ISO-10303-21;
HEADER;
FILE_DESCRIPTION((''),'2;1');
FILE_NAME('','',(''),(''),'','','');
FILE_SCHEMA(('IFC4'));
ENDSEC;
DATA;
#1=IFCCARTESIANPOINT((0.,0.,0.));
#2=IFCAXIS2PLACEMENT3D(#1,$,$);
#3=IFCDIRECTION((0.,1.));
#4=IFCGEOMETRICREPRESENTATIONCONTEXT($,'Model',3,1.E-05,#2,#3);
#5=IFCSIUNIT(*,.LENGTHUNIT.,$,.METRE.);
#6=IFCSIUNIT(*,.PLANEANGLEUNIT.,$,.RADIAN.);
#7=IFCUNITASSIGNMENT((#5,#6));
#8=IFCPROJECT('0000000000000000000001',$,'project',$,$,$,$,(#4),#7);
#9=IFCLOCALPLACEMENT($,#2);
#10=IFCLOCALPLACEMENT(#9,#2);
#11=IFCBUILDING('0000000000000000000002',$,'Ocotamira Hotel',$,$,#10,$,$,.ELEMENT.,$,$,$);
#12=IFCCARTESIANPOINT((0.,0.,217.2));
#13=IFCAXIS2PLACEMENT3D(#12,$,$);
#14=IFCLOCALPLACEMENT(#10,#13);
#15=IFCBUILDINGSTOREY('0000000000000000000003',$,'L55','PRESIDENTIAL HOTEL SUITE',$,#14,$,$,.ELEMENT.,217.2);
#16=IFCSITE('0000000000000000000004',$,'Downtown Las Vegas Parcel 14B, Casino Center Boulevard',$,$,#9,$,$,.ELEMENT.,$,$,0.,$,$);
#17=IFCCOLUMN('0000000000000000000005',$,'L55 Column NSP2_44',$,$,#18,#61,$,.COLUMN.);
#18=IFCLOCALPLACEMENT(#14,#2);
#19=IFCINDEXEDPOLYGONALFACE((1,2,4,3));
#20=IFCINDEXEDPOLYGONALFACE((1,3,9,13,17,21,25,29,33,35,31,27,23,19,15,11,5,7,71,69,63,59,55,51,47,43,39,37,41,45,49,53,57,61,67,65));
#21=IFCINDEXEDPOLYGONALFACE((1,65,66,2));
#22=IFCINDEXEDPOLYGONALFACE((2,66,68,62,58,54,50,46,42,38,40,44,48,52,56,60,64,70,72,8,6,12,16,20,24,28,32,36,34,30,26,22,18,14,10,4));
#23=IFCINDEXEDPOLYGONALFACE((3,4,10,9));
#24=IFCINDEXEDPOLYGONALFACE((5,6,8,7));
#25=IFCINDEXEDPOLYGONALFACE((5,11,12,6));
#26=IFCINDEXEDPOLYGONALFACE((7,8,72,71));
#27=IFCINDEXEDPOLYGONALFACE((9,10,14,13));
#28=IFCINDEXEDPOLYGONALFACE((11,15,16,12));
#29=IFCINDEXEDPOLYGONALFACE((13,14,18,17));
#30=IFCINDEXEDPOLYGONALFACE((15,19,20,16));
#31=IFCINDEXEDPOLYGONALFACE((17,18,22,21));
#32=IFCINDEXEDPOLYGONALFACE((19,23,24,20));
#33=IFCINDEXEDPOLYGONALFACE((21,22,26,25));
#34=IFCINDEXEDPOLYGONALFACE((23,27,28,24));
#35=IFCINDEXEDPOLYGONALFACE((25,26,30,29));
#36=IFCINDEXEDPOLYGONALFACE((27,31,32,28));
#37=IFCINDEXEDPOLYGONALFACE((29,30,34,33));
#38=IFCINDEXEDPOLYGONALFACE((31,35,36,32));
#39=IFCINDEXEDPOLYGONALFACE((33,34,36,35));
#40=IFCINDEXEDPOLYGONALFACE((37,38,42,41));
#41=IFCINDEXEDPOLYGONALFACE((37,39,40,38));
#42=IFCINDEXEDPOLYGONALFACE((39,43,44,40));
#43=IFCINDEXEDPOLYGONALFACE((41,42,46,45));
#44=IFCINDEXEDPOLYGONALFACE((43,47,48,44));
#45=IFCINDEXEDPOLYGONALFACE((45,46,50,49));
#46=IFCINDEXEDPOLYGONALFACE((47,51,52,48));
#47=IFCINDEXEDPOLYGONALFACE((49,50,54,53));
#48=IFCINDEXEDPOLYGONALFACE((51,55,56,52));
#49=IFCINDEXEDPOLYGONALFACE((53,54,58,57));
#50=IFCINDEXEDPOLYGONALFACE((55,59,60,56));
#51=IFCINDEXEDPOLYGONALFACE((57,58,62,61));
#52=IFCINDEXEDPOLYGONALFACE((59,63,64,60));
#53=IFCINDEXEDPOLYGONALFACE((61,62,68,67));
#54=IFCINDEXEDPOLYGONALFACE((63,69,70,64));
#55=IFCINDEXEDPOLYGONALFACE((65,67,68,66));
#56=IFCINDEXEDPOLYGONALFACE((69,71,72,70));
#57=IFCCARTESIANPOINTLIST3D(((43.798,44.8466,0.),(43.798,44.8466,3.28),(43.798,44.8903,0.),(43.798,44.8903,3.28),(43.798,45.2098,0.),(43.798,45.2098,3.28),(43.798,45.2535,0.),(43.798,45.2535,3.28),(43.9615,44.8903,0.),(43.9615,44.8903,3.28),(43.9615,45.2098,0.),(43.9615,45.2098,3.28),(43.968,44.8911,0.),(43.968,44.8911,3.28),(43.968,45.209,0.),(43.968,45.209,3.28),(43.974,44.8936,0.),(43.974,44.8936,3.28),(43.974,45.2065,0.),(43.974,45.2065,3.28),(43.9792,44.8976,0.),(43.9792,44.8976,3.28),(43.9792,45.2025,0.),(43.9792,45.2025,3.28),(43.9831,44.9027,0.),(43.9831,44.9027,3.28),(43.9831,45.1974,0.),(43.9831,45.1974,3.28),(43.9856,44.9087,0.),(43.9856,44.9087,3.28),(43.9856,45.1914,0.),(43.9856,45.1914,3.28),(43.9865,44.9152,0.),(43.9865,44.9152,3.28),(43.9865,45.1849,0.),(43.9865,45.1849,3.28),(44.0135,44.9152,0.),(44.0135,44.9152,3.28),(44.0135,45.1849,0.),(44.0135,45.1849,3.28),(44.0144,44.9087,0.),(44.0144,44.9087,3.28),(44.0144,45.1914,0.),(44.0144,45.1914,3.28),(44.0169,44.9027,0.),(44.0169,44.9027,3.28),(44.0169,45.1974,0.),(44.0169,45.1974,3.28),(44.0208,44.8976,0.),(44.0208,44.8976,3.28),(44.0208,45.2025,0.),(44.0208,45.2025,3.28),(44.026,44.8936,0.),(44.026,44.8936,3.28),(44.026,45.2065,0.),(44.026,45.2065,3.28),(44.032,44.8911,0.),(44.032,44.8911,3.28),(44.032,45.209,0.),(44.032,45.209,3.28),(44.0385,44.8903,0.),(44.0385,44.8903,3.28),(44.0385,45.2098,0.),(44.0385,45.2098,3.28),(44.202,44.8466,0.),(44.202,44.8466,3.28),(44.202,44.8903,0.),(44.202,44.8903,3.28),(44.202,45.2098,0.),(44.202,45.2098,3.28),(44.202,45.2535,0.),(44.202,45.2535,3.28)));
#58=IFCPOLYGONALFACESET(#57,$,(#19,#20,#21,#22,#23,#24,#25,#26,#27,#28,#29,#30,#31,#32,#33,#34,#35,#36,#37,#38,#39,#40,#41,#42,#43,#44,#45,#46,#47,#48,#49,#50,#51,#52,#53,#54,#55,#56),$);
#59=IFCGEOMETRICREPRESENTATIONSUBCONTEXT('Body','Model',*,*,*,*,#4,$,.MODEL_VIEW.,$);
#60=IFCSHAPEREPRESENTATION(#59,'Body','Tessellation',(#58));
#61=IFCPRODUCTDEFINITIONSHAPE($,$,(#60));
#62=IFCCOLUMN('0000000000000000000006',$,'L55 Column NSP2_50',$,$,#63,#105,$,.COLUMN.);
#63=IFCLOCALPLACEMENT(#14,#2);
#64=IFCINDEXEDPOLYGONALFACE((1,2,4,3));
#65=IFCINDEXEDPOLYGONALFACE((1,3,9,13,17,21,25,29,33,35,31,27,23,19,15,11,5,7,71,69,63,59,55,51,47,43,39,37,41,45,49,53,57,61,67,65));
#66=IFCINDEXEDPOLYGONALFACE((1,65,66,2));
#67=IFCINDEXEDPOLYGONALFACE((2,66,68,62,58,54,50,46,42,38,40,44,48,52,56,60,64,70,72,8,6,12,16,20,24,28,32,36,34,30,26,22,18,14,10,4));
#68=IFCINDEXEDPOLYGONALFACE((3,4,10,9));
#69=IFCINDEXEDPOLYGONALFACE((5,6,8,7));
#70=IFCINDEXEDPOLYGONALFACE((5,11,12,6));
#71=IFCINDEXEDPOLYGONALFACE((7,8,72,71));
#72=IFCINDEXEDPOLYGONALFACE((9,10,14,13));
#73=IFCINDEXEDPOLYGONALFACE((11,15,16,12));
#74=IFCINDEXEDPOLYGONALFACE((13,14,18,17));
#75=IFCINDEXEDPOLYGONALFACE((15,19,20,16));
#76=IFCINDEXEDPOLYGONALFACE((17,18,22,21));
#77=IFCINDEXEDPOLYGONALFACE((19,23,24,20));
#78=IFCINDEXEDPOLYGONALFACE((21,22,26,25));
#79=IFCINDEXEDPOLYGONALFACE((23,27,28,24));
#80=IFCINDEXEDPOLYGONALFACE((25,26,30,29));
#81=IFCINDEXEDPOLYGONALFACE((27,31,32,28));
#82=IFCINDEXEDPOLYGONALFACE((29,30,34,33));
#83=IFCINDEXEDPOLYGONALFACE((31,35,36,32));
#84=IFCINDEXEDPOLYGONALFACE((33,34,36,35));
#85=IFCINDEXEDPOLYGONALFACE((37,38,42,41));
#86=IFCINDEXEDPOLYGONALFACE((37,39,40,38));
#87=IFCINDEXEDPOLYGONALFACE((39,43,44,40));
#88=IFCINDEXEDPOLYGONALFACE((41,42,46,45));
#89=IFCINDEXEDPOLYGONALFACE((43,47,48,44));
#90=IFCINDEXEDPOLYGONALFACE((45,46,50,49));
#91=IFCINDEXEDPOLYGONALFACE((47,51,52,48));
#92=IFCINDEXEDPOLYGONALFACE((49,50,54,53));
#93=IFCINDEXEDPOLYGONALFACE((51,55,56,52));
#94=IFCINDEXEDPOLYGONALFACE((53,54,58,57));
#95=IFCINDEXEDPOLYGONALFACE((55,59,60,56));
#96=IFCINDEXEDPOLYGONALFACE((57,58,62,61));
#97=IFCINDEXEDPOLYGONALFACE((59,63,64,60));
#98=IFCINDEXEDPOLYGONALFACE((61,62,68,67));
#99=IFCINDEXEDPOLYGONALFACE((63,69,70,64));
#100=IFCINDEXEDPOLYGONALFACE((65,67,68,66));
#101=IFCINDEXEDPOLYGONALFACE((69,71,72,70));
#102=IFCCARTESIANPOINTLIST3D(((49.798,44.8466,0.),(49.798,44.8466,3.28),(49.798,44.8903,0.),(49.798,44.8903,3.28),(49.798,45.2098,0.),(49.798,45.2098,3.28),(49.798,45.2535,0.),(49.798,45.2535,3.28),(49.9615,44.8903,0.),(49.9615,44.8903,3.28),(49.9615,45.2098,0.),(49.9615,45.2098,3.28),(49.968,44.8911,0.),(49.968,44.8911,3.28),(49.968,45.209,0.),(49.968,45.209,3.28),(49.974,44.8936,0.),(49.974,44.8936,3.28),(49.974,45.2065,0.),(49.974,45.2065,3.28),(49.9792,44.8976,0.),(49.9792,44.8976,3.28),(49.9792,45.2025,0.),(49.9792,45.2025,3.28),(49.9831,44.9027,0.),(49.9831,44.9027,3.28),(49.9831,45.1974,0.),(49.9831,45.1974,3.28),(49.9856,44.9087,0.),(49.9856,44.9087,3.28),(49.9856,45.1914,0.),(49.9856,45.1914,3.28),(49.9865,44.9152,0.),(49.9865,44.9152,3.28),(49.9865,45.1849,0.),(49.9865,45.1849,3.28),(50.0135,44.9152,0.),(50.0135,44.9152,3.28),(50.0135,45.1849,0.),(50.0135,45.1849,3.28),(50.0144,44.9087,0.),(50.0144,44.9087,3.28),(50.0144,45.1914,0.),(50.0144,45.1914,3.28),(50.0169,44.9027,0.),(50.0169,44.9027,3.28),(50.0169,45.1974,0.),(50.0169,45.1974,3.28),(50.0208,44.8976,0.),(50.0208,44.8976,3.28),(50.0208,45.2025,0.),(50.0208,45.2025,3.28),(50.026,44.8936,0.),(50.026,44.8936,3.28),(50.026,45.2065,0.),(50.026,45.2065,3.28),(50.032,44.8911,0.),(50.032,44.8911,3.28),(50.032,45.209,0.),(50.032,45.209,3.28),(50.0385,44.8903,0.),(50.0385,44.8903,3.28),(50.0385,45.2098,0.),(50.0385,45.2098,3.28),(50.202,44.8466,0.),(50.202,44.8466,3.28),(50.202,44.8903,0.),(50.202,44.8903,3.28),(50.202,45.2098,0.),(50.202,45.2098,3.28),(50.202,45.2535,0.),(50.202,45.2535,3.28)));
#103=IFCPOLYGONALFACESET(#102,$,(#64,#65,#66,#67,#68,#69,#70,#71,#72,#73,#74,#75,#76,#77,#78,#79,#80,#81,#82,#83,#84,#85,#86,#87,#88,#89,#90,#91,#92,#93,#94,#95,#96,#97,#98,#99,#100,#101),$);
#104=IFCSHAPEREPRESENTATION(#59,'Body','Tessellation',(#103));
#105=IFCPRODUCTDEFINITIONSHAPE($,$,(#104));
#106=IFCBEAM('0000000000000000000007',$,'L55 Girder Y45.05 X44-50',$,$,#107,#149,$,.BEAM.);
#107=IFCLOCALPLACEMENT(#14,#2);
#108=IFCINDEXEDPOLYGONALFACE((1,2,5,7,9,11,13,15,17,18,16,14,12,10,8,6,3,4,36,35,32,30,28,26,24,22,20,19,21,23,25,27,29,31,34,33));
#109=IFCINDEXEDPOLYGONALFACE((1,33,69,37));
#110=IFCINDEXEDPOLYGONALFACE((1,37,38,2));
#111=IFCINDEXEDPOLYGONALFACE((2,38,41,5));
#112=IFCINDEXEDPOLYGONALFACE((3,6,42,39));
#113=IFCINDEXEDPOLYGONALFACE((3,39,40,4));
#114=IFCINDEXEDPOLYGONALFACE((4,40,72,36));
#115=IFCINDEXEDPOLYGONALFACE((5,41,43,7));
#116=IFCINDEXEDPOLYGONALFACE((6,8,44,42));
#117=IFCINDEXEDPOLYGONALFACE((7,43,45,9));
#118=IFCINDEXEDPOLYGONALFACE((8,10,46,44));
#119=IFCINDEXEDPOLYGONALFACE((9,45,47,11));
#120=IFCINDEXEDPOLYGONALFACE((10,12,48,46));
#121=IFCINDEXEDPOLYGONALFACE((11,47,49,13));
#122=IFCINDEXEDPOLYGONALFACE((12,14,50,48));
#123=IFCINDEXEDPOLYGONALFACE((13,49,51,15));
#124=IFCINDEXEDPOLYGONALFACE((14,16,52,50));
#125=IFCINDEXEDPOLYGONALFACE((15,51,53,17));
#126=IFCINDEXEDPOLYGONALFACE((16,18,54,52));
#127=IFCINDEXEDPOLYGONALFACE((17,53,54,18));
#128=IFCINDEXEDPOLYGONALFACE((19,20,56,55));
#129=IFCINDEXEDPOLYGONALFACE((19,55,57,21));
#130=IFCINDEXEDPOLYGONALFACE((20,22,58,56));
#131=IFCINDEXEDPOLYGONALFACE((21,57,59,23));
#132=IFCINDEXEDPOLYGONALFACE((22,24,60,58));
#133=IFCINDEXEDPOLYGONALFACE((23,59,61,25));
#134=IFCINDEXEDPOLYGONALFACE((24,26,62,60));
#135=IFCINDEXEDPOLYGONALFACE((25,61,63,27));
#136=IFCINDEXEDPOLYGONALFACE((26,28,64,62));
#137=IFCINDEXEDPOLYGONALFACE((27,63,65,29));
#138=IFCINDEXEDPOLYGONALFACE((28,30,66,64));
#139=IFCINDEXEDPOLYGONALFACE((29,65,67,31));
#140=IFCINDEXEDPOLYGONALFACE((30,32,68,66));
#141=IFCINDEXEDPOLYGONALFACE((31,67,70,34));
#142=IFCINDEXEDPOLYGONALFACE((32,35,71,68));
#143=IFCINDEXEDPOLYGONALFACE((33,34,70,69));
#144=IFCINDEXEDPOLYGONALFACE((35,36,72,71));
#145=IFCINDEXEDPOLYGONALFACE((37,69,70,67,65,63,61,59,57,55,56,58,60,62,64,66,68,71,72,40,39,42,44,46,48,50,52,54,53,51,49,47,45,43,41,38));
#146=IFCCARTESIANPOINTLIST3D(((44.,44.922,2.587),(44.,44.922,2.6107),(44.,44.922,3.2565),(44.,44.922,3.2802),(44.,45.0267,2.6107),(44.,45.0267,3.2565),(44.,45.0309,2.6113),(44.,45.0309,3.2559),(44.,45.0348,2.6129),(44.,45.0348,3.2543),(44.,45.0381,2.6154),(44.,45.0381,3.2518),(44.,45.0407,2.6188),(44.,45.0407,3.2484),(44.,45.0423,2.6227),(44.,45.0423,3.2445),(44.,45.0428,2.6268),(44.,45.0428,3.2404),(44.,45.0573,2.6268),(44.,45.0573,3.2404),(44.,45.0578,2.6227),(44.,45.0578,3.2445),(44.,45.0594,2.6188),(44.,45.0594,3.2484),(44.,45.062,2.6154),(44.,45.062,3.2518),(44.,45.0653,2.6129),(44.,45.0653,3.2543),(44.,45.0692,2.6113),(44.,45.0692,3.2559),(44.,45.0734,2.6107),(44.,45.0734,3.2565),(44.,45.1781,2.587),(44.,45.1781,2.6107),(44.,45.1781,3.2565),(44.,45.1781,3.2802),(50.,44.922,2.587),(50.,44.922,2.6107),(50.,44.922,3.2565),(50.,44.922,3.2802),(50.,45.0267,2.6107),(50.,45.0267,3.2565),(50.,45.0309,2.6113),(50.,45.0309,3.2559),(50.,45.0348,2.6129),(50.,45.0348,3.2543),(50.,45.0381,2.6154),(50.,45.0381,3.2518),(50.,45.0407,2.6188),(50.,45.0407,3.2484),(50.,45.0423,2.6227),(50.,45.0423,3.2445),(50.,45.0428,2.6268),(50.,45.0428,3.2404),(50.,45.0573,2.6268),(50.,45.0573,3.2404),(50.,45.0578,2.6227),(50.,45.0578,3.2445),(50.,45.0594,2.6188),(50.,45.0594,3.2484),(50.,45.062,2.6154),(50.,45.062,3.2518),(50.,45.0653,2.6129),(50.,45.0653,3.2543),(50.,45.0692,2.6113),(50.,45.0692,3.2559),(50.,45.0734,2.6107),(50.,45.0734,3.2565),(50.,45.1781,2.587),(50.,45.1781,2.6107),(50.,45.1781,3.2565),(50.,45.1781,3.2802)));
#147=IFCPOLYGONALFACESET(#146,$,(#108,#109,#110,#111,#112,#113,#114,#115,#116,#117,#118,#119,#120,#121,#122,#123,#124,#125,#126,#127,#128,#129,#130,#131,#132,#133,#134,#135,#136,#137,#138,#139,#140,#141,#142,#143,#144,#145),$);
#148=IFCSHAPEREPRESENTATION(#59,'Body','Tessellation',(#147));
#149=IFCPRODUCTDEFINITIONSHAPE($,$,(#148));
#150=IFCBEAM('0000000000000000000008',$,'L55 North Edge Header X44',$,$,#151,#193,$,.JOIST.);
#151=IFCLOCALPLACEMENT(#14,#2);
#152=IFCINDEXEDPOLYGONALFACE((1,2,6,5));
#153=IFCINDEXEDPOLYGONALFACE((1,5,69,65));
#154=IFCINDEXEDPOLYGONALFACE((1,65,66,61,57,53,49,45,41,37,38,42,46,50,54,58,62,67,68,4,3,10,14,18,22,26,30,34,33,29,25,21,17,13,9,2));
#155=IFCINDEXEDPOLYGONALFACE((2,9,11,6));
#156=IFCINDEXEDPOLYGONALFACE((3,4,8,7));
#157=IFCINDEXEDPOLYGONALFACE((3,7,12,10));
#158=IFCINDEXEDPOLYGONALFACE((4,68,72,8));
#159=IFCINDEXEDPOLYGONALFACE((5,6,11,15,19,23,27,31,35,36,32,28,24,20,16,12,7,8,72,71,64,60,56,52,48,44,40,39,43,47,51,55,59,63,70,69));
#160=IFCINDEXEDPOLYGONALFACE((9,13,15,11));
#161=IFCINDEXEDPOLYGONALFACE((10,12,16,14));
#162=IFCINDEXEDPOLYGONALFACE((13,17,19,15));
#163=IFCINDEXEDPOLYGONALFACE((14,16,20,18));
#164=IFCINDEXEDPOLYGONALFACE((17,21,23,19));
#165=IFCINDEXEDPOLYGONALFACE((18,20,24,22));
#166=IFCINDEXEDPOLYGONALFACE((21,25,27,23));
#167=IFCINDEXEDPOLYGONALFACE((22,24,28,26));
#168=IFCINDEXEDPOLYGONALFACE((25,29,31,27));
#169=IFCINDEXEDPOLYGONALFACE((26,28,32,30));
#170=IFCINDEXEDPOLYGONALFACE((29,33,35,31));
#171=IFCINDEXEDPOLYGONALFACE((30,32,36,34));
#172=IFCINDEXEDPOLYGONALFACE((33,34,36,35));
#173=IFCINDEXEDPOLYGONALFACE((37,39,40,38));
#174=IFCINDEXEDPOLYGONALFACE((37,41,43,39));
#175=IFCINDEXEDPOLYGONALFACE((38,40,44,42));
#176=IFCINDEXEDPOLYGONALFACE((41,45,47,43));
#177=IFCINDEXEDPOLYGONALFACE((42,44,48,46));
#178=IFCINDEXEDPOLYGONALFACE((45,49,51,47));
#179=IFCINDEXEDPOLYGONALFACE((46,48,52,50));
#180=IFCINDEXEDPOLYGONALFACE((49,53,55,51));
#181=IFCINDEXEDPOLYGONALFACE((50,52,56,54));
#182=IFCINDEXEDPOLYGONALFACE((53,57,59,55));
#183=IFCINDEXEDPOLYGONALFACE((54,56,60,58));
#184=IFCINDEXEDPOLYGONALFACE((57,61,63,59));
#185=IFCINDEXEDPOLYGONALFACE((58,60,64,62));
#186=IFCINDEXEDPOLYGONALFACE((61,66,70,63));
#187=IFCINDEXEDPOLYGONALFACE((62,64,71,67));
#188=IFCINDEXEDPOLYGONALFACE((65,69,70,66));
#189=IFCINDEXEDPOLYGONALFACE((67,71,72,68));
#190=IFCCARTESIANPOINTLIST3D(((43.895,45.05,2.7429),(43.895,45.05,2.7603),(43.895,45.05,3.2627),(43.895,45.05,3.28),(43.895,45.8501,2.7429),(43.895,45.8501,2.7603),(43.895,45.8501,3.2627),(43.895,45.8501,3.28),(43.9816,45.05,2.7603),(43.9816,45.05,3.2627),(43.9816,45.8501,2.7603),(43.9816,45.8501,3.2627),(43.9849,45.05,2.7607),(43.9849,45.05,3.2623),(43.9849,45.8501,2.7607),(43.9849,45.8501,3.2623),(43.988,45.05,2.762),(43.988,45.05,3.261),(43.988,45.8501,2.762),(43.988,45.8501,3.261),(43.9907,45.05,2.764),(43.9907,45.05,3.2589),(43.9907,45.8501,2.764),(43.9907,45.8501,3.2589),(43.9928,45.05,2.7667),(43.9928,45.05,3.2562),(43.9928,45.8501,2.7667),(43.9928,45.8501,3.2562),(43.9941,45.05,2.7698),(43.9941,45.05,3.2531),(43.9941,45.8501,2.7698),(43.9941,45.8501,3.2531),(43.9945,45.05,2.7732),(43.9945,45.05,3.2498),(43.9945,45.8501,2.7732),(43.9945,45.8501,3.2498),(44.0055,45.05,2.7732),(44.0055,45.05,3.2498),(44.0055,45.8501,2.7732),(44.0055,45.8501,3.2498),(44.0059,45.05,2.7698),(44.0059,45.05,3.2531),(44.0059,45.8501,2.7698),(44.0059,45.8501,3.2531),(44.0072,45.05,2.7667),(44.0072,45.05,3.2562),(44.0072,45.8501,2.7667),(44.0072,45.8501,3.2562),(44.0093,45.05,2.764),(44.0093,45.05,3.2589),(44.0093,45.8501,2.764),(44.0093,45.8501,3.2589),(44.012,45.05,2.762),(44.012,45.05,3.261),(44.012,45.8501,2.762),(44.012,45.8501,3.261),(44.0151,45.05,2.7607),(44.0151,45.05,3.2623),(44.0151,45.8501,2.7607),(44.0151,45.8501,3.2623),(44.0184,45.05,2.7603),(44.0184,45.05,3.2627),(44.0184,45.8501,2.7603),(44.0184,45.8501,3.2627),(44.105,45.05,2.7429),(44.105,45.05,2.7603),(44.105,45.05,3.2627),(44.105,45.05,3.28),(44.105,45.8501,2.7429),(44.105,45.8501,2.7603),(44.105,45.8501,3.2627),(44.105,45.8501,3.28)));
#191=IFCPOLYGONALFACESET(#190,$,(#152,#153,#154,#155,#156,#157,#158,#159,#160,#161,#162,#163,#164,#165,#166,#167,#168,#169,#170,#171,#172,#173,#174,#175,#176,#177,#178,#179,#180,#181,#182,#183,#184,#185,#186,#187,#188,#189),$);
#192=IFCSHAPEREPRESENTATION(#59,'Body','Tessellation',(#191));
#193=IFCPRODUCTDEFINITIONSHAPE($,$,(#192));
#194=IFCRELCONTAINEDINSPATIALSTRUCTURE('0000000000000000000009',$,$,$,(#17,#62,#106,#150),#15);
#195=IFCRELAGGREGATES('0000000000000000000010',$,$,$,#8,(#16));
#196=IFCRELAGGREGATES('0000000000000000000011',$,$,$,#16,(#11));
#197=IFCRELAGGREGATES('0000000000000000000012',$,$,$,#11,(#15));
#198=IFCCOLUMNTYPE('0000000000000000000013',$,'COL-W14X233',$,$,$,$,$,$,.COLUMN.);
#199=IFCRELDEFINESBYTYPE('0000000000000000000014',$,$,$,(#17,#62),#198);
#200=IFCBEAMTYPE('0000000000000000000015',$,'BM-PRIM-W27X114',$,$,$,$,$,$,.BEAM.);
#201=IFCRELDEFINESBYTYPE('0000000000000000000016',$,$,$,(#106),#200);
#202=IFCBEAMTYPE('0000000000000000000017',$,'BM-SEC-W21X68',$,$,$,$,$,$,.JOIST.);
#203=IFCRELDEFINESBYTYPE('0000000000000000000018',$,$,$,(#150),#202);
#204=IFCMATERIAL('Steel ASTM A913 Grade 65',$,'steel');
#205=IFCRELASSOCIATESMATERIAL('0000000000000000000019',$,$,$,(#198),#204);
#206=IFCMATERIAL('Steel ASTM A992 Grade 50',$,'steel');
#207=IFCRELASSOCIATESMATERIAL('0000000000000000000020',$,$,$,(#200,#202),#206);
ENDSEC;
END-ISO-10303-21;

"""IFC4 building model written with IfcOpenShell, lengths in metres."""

from ifc_helpers import new_model, si_unit, direction, frame, origin, origin_2d, place, context, subcontext, project, spatial, i_section, extrude, source, transform, mapped, material, material_profile, profile_set, type_object, element, save


model = new_model("IFC4")

# Units and contexts
model_context = context("Model", 3, precision=1e-05, world=origin(), true_north=direction((0.0, 1.0)))
body_context = subcontext(model_context, "Body", "Model", "MODEL_VIEW")
ifc_project = project(units=[si_unit("LENGTHUNIT", "METRE"), si_unit("PLANEANGLEUNIT", "RADIAN")], contexts=[model_context])

# Site, building, storey
site_placement = place(None, origin())
site = spatial("IfcSite", under=ifc_project, at=site_placement, Name="Downtown Las Vegas Parcel 14B, Casino Center Boulevard", CompositionType="ELEMENT", RefElevation=0.0)
building_placement = place(site_placement, origin())
building = spatial("IfcBuilding", under=site, at=building_placement, Name="Ocotamira Hotel", CompositionType="ELEMENT")
storey_placement = place(building_placement, frame((0.0, 0.0, 217.2)))
storey = spatial("IfcBuildingStorey", under=building, at=storey_placement, Name="L55", Description="PRESIDENTIAL HOTEL SUITE", CompositionType="ELEMENT", Elevation=217.2)

# Columns
ifc_material_1 = material(Name="Steel ASTM A913 Grade 65", Category="steel")
ifc_material_profile_1 = material_profile(ifc_material_1, i_section(OverallWidth=0.4041, OverallDepth=0.407, WebThickness=0.0271, FlangeThickness=0.0437, FilletRadius=0.0249, at=origin_2d()), Name="W14X233")
ifc_profile_set_1 = profile_set([ifc_material_profile_1], Name="Steel ASTM A913 Grade 65")
column_type = type_object("IfcColumnType", Name="COL-W14X233", PredefinedType="COLUMN", material=ifc_profile_set_1)
shared_shape_1 = source(origin(), body_context, "Body", "SweptSolid", [
    extrude(i_section(OverallWidth=0.4041, OverallDepth=0.407, WebThickness=0.0271, FlangeThickness=0.0437, FilletRadius=0.0249, at=origin_2d()), origin(), (0.0, 0.0, 1.0), 3.28),
])
for number, where, z_axis, x_axis, name in (
    (1, (44.0, 45.05, 0.0), (0.0, 0.0, 1.0), (1.0, 0.0, 0.0), "L55 Column NSP2_44"),
    (2, (50.0, 45.05, 0.0), (0.0, 0.0, 1.0), (1.0, 0.0, 0.0), "L55 Column NSP2_50"),
):
    element("IfcColumn", number, at=place(storey_placement, frame(where, z_axis=z_axis, x_axis=x_axis)), inside=storey, type_object=column_type, Name=name, PredefinedType="COLUMN", context=body_context, shape_type="MappedRepresentation", body=[
        mapped(shared_shape_1, transform((0.0, 0.0, 0.0), scale=1.0)),
    ])

# Beams
ifc_material_2 = material(Name="Steel ASTM A992 Grade 50", Category="steel")
ifc_material_profile_2 = material_profile(ifc_material_2, i_section(OverallWidth=0.2561, OverallDepth=0.6931, WebThickness=0.0144, FlangeThickness=0.0237, FilletRadius=0.0161, at=origin_2d()), Name="W27X114")
ifc_profile_set_2 = profile_set([ifc_material_profile_2], Name="Steel ASTM A992 Grade 50")
beam_type_1 = type_object("IfcBeamType", Name="BM-PRIM-W27X114", PredefinedType="BEAM", material=ifc_profile_set_2)
shared_shape_2 = source(origin(), body_context, "Body", "SweptSolid", [
    extrude(i_section(OverallWidth=0.2561, OverallDepth=0.6931, WebThickness=0.0144, FlangeThickness=0.0237, FilletRadius=0.0161, at=origin_2d()), origin(), (0.0, 0.0, 1.0), 6.0),
])
beam_1_placement = place(storey_placement, frame((44.0, 45.05, 2.9336), z_axis=(1.0, 0.0, 0.0), x_axis=(0.0, 1.0, 0.0)))
element("IfcBeam", 3, at=beam_1_placement, inside=storey, type_object=beam_type_1, Name="L55 Girder Y45.05 X44-50", PredefinedType="BEAM", context=body_context, shape_type="MappedRepresentation", body=[
    mapped(shared_shape_2, transform((0.0, 0.0, 0.0), scale=1.0)),
])
ifc_material_profile_3 = material_profile(ifc_material_2, i_section(OverallWidth=0.21, OverallDepth=0.5371, WebThickness=0.011, FlangeThickness=0.0173, FilletRadius=0.0129, at=origin_2d()), Name="W21X68")
ifc_profile_set_3 = profile_set([ifc_material_profile_3], Name="Steel ASTM A992 Grade 50")
beam_type_2 = type_object("IfcBeamType", Name="BM-SEC-W21X68", PredefinedType="JOIST", material=ifc_profile_set_3)
shared_shape_3 = source(origin(), body_context, "Body", "SweptSolid", [
    extrude(i_section(OverallWidth=0.21, OverallDepth=0.5371, WebThickness=0.011, FlangeThickness=0.0173, FilletRadius=0.0129, at=origin_2d()), origin(), (0.0, 0.0, 1.0), 0.8),
])
for number, where, z_axis, x_axis, name in (
    (4, (44.0, 45.05, 3.0115), (0.0, 1.0, 0.0), (-1.0, 0.0, 0.0), "L55 North Edge Header X44"),
):
    element("IfcBeam", number, at=place(storey_placement, frame(where, z_axis=z_axis, x_axis=x_axis)), inside=storey, type_object=beam_type_2, Name=name, PredefinedType="JOIST", context=body_context, shape_type="MappedRepresentation", body=[
        mapped(shared_shape_3, transform((0.0, 0.0, 0.0), scale=1.0)),
    ])

save(model, "model.ifc")
